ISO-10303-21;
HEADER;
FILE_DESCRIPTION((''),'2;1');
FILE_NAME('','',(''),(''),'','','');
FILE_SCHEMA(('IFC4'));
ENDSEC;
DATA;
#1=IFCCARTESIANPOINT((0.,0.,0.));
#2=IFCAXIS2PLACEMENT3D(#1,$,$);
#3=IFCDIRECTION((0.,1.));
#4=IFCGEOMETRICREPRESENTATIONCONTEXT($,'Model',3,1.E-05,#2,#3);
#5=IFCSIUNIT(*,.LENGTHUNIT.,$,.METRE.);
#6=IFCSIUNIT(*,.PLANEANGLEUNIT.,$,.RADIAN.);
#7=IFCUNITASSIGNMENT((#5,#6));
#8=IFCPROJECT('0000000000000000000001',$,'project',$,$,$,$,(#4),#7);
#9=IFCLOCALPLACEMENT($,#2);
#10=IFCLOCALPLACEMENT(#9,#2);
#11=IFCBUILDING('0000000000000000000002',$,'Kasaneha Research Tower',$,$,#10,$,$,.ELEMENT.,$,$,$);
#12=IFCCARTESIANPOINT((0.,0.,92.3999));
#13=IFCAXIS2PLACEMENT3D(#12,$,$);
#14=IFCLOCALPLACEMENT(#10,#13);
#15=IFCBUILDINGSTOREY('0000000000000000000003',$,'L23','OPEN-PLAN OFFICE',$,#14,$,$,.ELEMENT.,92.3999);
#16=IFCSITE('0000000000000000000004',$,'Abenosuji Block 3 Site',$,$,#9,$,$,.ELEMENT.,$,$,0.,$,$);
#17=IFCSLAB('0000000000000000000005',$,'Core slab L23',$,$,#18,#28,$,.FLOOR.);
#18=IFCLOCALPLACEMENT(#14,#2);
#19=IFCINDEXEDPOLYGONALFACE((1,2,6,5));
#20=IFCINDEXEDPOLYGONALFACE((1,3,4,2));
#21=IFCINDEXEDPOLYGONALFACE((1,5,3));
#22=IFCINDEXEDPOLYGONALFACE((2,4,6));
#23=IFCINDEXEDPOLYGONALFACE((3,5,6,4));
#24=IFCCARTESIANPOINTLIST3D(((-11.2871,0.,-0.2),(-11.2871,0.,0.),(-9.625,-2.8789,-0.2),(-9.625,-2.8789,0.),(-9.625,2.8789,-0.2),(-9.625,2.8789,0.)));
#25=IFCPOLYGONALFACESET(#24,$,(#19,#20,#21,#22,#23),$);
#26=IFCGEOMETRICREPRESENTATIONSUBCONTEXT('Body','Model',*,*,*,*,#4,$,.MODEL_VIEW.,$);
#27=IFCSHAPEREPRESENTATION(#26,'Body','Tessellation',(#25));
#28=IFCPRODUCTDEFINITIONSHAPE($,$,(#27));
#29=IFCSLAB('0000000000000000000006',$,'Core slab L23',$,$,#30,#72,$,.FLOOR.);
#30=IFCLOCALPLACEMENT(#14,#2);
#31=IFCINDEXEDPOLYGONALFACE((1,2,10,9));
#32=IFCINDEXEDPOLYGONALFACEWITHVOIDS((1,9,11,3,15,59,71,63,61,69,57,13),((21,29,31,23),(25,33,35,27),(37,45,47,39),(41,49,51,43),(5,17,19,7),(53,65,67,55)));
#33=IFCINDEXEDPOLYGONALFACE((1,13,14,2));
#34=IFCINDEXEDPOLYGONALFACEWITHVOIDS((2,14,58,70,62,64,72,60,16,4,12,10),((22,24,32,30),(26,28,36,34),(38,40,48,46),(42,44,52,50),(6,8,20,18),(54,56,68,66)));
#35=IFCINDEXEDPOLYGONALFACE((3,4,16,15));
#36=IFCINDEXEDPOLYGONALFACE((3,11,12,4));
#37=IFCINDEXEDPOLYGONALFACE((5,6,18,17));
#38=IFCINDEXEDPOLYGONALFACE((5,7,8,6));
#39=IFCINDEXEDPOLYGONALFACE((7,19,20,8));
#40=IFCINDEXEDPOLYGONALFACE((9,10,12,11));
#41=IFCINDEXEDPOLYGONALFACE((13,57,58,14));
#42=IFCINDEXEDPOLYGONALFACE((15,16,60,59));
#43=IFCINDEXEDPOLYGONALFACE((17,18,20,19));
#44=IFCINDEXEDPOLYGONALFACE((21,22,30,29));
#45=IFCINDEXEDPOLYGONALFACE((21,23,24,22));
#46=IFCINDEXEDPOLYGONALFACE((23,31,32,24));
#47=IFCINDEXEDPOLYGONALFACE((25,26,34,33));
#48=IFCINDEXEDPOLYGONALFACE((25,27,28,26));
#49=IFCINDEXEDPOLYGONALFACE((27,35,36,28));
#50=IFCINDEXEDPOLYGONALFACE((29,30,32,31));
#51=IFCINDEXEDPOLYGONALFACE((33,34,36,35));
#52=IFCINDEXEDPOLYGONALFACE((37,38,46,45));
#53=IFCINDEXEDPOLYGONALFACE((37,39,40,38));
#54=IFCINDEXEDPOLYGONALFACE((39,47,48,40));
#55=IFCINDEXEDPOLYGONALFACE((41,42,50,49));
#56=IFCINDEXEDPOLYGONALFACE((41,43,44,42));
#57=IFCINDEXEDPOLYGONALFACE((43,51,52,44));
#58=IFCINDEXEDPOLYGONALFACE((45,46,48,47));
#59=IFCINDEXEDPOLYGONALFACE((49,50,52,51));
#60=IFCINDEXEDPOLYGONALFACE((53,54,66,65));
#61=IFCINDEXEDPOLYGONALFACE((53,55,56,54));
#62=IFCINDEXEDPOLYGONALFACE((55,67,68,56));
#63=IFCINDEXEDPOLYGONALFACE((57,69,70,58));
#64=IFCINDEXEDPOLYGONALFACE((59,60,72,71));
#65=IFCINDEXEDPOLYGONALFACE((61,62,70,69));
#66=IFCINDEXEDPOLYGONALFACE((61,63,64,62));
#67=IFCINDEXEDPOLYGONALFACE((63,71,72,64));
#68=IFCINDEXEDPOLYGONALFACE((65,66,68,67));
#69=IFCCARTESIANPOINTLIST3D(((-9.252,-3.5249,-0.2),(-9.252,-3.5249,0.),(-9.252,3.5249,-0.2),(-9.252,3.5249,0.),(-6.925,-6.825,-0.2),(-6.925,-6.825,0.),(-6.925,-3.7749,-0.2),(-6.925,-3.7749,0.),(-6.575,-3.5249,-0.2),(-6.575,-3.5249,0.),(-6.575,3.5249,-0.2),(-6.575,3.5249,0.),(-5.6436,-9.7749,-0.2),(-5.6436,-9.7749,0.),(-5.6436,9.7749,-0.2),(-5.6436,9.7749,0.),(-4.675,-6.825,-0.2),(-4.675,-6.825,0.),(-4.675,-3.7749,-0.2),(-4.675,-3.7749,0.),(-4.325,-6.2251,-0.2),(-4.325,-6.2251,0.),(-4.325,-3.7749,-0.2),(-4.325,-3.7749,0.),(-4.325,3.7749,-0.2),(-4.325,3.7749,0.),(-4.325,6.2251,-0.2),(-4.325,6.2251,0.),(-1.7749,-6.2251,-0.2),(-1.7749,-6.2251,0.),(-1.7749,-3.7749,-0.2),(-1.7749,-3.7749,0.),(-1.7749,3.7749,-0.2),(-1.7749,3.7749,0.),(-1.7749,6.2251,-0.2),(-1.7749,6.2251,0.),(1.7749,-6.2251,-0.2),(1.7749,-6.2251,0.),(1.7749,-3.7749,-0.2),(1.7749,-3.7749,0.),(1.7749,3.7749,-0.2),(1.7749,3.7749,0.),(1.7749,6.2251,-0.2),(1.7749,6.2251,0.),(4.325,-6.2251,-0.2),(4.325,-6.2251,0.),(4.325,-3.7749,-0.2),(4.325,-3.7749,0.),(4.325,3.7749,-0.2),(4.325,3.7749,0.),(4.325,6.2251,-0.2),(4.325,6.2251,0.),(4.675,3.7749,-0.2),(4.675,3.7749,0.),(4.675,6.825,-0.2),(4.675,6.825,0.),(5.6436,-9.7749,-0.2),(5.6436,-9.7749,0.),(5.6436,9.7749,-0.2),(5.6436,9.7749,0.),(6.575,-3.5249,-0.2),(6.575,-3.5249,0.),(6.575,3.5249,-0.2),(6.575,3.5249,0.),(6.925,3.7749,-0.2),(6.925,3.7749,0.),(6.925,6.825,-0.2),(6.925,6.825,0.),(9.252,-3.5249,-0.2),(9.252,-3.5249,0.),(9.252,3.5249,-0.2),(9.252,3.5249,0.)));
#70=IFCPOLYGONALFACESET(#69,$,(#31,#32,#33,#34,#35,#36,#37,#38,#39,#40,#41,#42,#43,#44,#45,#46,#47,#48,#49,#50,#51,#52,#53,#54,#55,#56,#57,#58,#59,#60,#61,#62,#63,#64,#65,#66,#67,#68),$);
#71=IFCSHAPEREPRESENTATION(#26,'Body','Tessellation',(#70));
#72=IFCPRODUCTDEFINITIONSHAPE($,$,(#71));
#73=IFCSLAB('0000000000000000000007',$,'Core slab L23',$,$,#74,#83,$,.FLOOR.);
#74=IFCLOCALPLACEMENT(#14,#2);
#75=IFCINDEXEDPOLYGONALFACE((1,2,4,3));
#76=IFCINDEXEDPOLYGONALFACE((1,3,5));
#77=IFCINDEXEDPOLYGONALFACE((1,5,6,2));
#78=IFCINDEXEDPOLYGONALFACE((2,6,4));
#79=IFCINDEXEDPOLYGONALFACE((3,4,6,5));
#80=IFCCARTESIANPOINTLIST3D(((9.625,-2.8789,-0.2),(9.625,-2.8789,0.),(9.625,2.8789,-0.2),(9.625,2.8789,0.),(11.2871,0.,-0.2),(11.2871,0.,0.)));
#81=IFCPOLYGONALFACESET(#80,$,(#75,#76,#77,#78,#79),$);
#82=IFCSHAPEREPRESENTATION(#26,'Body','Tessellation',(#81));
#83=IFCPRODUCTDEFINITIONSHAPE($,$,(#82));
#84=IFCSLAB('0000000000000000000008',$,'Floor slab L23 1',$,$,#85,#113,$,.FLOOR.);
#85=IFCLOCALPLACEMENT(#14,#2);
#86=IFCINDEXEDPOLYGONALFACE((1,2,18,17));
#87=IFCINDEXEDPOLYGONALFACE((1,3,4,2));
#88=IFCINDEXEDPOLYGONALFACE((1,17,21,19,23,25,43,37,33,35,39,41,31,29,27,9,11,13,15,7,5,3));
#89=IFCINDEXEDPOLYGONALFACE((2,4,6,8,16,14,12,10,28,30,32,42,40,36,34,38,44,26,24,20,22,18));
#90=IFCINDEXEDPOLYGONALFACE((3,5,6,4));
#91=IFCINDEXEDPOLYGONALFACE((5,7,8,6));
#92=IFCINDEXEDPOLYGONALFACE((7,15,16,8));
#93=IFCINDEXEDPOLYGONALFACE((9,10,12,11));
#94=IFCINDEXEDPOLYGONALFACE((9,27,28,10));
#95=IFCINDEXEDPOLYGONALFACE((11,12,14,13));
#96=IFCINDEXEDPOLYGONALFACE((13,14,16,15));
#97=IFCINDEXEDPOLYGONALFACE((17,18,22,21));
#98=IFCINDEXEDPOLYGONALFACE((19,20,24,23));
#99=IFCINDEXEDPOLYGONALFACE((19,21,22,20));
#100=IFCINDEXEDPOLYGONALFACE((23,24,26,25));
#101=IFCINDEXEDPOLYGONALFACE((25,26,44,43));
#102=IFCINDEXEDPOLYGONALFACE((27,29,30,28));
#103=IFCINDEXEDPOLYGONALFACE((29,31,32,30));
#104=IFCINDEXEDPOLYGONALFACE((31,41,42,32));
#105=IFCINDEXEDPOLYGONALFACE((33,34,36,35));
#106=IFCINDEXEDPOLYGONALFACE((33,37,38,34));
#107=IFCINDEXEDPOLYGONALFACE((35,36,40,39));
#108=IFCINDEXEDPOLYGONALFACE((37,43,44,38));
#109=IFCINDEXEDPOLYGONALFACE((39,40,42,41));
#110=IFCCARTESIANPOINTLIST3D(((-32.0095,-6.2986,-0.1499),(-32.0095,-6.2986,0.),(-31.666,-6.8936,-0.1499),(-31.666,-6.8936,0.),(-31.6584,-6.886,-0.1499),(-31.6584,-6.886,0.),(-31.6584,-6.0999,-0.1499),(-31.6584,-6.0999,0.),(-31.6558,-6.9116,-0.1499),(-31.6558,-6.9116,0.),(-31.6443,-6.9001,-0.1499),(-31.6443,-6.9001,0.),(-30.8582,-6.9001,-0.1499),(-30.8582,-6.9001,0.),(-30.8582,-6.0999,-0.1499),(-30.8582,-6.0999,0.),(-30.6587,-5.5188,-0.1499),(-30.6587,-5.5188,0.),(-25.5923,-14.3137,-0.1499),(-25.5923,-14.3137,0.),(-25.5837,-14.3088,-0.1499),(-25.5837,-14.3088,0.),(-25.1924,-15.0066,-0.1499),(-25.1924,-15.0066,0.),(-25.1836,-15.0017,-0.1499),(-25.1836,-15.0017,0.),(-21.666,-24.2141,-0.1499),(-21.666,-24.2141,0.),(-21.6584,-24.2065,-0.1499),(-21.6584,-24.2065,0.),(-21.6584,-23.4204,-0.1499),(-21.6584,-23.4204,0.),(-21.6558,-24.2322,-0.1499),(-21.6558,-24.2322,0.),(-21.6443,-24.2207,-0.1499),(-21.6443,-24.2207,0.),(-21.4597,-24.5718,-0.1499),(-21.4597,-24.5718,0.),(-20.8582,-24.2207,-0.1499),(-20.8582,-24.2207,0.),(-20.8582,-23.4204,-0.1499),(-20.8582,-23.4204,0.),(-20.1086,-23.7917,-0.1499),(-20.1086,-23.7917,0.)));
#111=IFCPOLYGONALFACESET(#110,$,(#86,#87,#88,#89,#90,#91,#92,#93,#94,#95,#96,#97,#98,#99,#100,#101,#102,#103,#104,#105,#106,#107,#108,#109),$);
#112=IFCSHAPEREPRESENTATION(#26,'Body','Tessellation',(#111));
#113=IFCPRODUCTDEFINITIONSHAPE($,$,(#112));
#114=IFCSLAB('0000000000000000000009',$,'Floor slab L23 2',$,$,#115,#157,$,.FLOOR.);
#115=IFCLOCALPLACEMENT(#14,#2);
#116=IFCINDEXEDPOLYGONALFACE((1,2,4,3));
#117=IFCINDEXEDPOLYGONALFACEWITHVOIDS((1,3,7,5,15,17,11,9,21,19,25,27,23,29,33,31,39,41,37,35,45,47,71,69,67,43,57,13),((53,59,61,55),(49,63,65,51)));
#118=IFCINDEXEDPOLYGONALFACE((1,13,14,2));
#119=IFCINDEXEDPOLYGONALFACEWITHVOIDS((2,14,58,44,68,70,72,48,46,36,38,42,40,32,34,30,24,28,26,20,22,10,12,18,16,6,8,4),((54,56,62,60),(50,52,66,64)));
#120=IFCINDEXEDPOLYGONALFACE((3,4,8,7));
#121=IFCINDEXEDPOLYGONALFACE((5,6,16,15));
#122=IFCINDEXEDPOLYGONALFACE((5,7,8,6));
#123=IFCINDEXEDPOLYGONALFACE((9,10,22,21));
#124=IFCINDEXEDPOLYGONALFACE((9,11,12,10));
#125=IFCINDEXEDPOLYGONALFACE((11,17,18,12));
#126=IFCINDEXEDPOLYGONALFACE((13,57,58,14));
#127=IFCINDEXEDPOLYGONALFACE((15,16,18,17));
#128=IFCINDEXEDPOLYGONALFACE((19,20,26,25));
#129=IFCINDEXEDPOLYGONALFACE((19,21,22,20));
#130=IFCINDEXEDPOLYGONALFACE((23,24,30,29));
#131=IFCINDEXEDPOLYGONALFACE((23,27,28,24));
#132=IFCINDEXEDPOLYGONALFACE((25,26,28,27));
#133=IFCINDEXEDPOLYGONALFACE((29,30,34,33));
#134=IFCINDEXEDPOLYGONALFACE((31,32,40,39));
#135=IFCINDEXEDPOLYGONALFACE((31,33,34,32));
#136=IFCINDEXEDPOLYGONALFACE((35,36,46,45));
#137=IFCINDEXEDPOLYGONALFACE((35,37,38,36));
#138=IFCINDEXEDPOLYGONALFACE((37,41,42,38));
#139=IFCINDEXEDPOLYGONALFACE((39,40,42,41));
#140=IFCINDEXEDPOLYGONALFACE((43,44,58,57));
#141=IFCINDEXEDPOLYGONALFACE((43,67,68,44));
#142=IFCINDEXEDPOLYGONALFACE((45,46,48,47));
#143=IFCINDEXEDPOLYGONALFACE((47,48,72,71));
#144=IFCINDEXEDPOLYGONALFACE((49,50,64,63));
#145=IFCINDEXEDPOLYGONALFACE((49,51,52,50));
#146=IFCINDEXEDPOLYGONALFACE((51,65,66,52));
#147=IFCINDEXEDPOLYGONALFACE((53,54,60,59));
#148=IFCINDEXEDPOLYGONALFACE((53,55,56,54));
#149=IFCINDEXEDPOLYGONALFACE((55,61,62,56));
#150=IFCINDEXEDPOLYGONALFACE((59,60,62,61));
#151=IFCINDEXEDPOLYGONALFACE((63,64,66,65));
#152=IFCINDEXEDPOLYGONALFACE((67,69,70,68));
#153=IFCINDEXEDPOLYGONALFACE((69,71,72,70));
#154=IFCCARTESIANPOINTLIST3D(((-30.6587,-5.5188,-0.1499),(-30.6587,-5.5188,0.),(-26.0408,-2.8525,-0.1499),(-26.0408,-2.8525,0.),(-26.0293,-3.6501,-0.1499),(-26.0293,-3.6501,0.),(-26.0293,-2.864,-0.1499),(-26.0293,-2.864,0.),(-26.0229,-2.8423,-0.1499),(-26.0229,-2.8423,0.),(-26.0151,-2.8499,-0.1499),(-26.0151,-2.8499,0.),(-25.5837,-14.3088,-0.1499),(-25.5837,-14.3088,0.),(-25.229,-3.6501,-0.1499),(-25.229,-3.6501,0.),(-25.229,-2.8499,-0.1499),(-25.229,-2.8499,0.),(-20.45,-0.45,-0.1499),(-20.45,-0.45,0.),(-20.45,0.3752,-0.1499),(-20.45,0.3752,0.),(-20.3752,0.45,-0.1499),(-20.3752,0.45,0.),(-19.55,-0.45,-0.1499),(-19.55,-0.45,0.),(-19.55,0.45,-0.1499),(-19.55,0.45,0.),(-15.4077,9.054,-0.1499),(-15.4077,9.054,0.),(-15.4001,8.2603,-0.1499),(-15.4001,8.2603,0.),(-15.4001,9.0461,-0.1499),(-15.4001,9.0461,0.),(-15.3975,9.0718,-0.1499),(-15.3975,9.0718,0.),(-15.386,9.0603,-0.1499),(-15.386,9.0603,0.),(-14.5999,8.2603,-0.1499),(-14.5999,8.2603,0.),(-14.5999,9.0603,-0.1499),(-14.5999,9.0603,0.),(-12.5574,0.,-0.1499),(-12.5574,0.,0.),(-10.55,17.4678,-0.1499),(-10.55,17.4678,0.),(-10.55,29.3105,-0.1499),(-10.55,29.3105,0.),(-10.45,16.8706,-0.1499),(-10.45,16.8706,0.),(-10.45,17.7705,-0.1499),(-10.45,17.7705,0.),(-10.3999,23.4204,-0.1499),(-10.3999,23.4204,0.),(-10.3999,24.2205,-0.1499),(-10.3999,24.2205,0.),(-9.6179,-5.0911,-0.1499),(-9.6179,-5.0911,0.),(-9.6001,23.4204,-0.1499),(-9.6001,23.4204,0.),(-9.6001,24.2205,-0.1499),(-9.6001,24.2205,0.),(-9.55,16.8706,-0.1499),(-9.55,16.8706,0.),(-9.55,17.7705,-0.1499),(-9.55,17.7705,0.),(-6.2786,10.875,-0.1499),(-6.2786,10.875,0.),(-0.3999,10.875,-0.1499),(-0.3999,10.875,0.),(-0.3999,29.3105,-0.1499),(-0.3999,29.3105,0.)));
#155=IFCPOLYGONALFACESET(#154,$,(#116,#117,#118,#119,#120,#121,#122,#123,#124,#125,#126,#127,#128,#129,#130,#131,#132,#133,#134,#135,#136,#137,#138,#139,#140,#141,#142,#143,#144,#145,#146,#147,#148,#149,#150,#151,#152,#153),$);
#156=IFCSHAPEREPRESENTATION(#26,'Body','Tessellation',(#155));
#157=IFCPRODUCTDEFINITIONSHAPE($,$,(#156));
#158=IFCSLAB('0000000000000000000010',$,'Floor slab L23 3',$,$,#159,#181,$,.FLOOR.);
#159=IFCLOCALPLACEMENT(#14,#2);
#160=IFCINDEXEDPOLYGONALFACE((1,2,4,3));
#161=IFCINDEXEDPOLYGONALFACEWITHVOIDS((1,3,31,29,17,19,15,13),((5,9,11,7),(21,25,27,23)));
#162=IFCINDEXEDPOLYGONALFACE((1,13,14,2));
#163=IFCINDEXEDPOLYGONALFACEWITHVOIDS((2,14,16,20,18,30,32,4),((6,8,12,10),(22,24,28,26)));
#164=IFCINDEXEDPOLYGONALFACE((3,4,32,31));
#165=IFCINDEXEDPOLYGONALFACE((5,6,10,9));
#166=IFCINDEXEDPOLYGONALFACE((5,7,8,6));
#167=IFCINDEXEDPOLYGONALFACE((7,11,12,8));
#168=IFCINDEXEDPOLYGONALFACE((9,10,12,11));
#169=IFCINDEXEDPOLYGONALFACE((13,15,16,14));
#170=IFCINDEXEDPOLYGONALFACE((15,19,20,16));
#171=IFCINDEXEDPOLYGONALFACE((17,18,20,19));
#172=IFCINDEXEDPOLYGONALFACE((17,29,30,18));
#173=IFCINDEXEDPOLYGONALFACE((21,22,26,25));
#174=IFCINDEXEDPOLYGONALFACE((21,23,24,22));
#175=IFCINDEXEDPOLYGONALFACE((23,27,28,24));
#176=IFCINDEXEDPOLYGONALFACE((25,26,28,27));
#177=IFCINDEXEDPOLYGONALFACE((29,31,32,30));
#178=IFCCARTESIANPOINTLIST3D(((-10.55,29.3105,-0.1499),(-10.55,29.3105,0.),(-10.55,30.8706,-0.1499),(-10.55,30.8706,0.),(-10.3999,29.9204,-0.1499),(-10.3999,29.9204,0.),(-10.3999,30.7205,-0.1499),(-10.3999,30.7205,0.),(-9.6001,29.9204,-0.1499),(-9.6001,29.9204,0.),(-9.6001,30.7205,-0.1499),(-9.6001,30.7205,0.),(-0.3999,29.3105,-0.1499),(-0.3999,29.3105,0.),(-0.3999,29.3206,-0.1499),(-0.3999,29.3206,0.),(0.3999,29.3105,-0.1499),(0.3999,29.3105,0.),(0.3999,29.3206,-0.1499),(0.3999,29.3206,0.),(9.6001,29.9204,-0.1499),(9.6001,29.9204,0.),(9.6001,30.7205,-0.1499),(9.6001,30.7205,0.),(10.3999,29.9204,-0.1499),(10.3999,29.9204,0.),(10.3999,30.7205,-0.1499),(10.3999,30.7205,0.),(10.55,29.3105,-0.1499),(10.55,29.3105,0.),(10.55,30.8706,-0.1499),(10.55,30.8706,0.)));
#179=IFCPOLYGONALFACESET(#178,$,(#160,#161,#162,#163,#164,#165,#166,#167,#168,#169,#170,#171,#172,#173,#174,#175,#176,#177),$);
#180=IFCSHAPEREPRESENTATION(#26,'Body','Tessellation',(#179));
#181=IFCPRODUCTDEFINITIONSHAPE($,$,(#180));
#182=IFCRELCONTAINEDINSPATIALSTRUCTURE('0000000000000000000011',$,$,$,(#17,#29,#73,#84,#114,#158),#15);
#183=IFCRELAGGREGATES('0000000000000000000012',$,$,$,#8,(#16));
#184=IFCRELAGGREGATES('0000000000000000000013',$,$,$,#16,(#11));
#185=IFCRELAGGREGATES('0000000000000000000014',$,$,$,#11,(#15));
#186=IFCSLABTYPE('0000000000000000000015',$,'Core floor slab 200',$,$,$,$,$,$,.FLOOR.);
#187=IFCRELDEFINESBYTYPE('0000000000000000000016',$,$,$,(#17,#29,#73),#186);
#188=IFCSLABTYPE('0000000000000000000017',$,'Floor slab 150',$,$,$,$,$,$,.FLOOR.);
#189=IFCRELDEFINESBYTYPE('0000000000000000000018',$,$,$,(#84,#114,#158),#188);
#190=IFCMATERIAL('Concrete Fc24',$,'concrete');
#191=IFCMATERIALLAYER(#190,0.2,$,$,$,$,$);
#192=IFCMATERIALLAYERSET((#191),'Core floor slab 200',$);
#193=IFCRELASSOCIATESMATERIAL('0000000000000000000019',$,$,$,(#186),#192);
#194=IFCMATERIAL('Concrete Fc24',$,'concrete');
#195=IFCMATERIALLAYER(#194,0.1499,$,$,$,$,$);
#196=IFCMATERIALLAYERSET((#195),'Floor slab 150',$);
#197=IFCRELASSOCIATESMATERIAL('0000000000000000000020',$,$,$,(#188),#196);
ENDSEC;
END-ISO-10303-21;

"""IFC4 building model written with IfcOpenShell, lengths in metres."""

from ifc_helpers import new_model, si_unit, direction, frame, origin, place, context, subcontext, project, spatial, polyline, outline, extrude, material, layer, layer_set, type_object, element, save


model = new_model("IFC4")

# Units and contexts
model_context = context("Model", 3, precision=1e-05, world=origin(), true_north=direction((0.0, 1.0)))
body_context = subcontext(model_context, "Body", "Model", "MODEL_VIEW")
ifc_project = project(units=[si_unit("LENGTHUNIT", "METRE"), si_unit("PLANEANGLEUNIT", "RADIAN")], contexts=[model_context])

# Site, building, storey
site_placement = place(None, origin())
site = spatial("IfcSite", under=ifc_project, at=site_placement, Name="Abenosuji Block 3 Site", CompositionType="ELEMENT", RefElevation=0.0)
building_placement = place(site_placement, origin())
building = spatial("IfcBuilding", under=site, at=building_placement, Name="Kasaneha Research Tower", CompositionType="ELEMENT")
storey_placement = place(building_placement, frame((0.0, 0.0, 92.3999)))
storey = spatial("IfcBuildingStorey", under=building, at=storey_placement, Name="L23", Description="OPEN-PLAN OFFICE", CompositionType="ELEMENT", Elevation=92.3999)

# Slabs
ifc_material_1 = material(Name="Concrete Fc24", Category="concrete")
ifc_layer_1 = layer(ifc_material_1, 0.2)
ifc_layer_set_1 = layer_set([ifc_layer_1], Name="Core floor slab 200")
slab_type_1 = type_object("IfcSlabType", Name="Core floor slab 200", PredefinedType="FLOOR", material=ifc_layer_set_1)
slab_1_placement = place(storey_placement, frame((0.0, 0.0, -0.2)))
element("IfcSlab", 1, at=slab_1_placement, inside=storey, type_object=slab_type_1, Name="Core slab L23", PredefinedType="FLOOR", context=body_context, shape_type="SweptSolid", body=[
    extrude(outline(polyline([(-11.2871, 0.0), (-9.625, 2.8789), (-9.625, -2.8789), (-11.2871, 0.0)])), origin(), (0.0, 0.0, 1.0), 0.2),
])
slab_2_placement = place(storey_placement, frame((0.0, 0.0, -0.2)))
element("IfcSlab", 2, at=slab_2_placement, inside=storey, type_object=slab_type_1, Name="Core slab L23", PredefinedType="FLOOR", context=body_context, shape_type="SweptSolid", body=[
    extrude(outline(polyline([(-5.6436, 9.7749), (5.6436, 9.7749), (9.252, 3.5249), (6.575, 3.5249), (6.575, -3.5249), (9.252, -3.5249), (5.6436, -9.7749), (-5.6436, -9.7749), (-9.252, -3.5249), (-6.575, -3.5249), (-6.575, 3.5249), (-9.252, 3.5249), (-5.6436, 9.7749)]), holes=[polyline([(-6.925, -3.7749), (-6.925, -6.825), (-4.675, -6.825), (-4.675, -3.7749), (-6.925, -3.7749)]), polyline([(-4.325, -3.7749), (-4.325, -6.2251), (-1.7749, -6.2251), (-1.7749, -3.7749), (-4.325, -3.7749)]), polyline([(1.7749, -3.7749), (1.7749, -6.2251), (4.325, -6.2251), (4.325, -3.7749), (1.7749, -3.7749)]), polyline([(-4.325, 6.2251), (-4.325, 3.7749), (-1.7749, 3.7749), (-1.7749, 6.2251), (-4.325, 6.2251)]), polyline([(1.7749, 6.2251), (1.7749, 3.7749), (4.325, 3.7749), (4.325, 6.2251), (1.7749, 6.2251)]), polyline([(4.675, 6.825), (4.675, 3.7749), (6.925, 3.7749), (6.925, 6.825), (4.675, 6.825)])]), origin(), (0.0, 0.0, 1.0), 0.2),
])
slab_3_placement = place(storey_placement, frame((0.0, 0.0, -0.2)))
element("IfcSlab", 3, at=slab_3_placement, inside=storey, type_object=slab_type_1, Name="Core slab L23", PredefinedType="FLOOR", context=body_context, shape_type="SweptSolid", body=[
    extrude(outline(polyline([(11.2871, 0.0), (9.625, -2.8789), (9.625, 2.8789), (11.2871, 0.0)])), origin(), (0.0, 0.0, 1.0), 0.2),
])
ifc_material_2 = material(Name="Concrete Fc24", Category="concrete")
ifc_layer_2 = layer(ifc_material_2, 0.1499)
ifc_layer_set_2 = layer_set([ifc_layer_2], Name="Floor slab 150")
slab_type_2 = type_object("IfcSlabType", Name="Floor slab 150", PredefinedType="FLOOR", material=ifc_layer_set_2)
slab_4_placement = place(storey_placement, frame((0.0, 0.0, -0.1499)))
element("IfcSlab", 4, at=slab_4_placement, inside=storey, type_object=slab_type_2, Name="Floor slab L23 1", PredefinedType="FLOOR", context=body_context, shape_type="SweptSolid", body=[
    extrude(outline(polyline([(-25.1924, -15.0066), (-25.1836, -15.0017), (-20.1086, -23.7917), (-21.4597, -24.5718), (-21.6558, -24.2322), (-21.6443, -24.2207), (-20.8582, -24.2207), (-20.8582, -23.4204), (-21.6584, -23.4204), (-21.6584, -24.2065), (-21.666, -24.2141), (-31.6558, -6.9116), (-31.6443, -6.9001), (-30.8582, -6.9001), (-30.8582, -6.0999), (-31.6584, -6.0999), (-31.6584, -6.886), (-31.666, -6.8936), (-32.0095, -6.2986), (-30.6587, -5.5188), (-25.5837, -14.3088), (-25.5923, -14.3137), (-25.1924, -15.0066)])), origin(), (0.0, 0.0, 1.0), 0.1499),
])
slab_5_placement = place(storey_placement, frame((0.0, 0.0, -0.1499)))
element("IfcSlab", 5, at=slab_5_placement, inside=storey, type_object=slab_type_2, Name="Floor slab L23 2", PredefinedType="FLOOR", context=body_context, shape_type="SweptSolid", body=[
    extrude(outline(polyline([(-20.3752, 0.45), (-15.4077, 9.054), (-15.4001, 9.0461), (-15.4001, 8.2603), (-14.5999, 8.2603), (-14.5999, 9.0603), (-15.386, 9.0603), (-15.3975, 9.0718), (-10.55, 17.4678), (-10.55, 29.3105), (-0.3999, 29.3105), (-0.3999, 10.875), (-6.2786, 10.875), (-12.5574, 0.0), (-9.6179, -5.0911), (-25.5837, -14.3088), (-30.6587, -5.5188), (-26.0408, -2.8525), (-26.0293, -2.864), (-26.0293, -3.6501), (-25.229, -3.6501), (-25.229, -2.8499), (-26.0151, -2.8499), (-26.0229, -2.8423), (-20.45, 0.3752), (-20.45, -0.45), (-19.55, -0.45), (-19.55, 0.45), (-20.3752, 0.45)]), holes=[polyline([(-9.55, 17.7705), (-10.45, 17.7705), (-10.45, 16.8706), (-9.55, 16.8706), (-9.55, 17.7705)]), polyline([(-9.6001, 23.4204), (-9.6001, 24.2205), (-10.3999, 24.2205), (-10.3999, 23.4204), (-9.6001, 23.4204)])]), origin(), (0.0, 0.0, 1.0), 0.1499),
])
slab_6_placement = place(storey_placement, frame((0.0, 0.0, -0.1499)))
element("IfcSlab", 6, at=slab_6_placement, inside=storey, type_object=slab_type_2, Name="Floor slab L23 3", PredefinedType="FLOOR", context=body_context, shape_type="SweptSolid", body=[
    extrude(outline(polyline([(10.55, 29.3105), (0.3999, 29.3105), (0.3999, 29.3206), (-0.3999, 29.3206), (-0.3999, 29.3105), (-10.55, 29.3105), (-10.55, 30.8706), (10.55, 30.8706), (10.55, 29.3105)]), holes=[polyline([(-9.6001, 30.7205), (-10.3999, 30.7205), (-10.3999, 29.9204), (-9.6001, 29.9204), (-9.6001, 30.7205)]), polyline([(10.3999, 29.9204), (10.3999, 30.7205), (9.6001, 30.7205), (9.6001, 29.9204), (10.3999, 29.9204)])]), origin(), (0.0, 0.0, 1.0), 0.1499),
])

save(model, "model.ifc")
